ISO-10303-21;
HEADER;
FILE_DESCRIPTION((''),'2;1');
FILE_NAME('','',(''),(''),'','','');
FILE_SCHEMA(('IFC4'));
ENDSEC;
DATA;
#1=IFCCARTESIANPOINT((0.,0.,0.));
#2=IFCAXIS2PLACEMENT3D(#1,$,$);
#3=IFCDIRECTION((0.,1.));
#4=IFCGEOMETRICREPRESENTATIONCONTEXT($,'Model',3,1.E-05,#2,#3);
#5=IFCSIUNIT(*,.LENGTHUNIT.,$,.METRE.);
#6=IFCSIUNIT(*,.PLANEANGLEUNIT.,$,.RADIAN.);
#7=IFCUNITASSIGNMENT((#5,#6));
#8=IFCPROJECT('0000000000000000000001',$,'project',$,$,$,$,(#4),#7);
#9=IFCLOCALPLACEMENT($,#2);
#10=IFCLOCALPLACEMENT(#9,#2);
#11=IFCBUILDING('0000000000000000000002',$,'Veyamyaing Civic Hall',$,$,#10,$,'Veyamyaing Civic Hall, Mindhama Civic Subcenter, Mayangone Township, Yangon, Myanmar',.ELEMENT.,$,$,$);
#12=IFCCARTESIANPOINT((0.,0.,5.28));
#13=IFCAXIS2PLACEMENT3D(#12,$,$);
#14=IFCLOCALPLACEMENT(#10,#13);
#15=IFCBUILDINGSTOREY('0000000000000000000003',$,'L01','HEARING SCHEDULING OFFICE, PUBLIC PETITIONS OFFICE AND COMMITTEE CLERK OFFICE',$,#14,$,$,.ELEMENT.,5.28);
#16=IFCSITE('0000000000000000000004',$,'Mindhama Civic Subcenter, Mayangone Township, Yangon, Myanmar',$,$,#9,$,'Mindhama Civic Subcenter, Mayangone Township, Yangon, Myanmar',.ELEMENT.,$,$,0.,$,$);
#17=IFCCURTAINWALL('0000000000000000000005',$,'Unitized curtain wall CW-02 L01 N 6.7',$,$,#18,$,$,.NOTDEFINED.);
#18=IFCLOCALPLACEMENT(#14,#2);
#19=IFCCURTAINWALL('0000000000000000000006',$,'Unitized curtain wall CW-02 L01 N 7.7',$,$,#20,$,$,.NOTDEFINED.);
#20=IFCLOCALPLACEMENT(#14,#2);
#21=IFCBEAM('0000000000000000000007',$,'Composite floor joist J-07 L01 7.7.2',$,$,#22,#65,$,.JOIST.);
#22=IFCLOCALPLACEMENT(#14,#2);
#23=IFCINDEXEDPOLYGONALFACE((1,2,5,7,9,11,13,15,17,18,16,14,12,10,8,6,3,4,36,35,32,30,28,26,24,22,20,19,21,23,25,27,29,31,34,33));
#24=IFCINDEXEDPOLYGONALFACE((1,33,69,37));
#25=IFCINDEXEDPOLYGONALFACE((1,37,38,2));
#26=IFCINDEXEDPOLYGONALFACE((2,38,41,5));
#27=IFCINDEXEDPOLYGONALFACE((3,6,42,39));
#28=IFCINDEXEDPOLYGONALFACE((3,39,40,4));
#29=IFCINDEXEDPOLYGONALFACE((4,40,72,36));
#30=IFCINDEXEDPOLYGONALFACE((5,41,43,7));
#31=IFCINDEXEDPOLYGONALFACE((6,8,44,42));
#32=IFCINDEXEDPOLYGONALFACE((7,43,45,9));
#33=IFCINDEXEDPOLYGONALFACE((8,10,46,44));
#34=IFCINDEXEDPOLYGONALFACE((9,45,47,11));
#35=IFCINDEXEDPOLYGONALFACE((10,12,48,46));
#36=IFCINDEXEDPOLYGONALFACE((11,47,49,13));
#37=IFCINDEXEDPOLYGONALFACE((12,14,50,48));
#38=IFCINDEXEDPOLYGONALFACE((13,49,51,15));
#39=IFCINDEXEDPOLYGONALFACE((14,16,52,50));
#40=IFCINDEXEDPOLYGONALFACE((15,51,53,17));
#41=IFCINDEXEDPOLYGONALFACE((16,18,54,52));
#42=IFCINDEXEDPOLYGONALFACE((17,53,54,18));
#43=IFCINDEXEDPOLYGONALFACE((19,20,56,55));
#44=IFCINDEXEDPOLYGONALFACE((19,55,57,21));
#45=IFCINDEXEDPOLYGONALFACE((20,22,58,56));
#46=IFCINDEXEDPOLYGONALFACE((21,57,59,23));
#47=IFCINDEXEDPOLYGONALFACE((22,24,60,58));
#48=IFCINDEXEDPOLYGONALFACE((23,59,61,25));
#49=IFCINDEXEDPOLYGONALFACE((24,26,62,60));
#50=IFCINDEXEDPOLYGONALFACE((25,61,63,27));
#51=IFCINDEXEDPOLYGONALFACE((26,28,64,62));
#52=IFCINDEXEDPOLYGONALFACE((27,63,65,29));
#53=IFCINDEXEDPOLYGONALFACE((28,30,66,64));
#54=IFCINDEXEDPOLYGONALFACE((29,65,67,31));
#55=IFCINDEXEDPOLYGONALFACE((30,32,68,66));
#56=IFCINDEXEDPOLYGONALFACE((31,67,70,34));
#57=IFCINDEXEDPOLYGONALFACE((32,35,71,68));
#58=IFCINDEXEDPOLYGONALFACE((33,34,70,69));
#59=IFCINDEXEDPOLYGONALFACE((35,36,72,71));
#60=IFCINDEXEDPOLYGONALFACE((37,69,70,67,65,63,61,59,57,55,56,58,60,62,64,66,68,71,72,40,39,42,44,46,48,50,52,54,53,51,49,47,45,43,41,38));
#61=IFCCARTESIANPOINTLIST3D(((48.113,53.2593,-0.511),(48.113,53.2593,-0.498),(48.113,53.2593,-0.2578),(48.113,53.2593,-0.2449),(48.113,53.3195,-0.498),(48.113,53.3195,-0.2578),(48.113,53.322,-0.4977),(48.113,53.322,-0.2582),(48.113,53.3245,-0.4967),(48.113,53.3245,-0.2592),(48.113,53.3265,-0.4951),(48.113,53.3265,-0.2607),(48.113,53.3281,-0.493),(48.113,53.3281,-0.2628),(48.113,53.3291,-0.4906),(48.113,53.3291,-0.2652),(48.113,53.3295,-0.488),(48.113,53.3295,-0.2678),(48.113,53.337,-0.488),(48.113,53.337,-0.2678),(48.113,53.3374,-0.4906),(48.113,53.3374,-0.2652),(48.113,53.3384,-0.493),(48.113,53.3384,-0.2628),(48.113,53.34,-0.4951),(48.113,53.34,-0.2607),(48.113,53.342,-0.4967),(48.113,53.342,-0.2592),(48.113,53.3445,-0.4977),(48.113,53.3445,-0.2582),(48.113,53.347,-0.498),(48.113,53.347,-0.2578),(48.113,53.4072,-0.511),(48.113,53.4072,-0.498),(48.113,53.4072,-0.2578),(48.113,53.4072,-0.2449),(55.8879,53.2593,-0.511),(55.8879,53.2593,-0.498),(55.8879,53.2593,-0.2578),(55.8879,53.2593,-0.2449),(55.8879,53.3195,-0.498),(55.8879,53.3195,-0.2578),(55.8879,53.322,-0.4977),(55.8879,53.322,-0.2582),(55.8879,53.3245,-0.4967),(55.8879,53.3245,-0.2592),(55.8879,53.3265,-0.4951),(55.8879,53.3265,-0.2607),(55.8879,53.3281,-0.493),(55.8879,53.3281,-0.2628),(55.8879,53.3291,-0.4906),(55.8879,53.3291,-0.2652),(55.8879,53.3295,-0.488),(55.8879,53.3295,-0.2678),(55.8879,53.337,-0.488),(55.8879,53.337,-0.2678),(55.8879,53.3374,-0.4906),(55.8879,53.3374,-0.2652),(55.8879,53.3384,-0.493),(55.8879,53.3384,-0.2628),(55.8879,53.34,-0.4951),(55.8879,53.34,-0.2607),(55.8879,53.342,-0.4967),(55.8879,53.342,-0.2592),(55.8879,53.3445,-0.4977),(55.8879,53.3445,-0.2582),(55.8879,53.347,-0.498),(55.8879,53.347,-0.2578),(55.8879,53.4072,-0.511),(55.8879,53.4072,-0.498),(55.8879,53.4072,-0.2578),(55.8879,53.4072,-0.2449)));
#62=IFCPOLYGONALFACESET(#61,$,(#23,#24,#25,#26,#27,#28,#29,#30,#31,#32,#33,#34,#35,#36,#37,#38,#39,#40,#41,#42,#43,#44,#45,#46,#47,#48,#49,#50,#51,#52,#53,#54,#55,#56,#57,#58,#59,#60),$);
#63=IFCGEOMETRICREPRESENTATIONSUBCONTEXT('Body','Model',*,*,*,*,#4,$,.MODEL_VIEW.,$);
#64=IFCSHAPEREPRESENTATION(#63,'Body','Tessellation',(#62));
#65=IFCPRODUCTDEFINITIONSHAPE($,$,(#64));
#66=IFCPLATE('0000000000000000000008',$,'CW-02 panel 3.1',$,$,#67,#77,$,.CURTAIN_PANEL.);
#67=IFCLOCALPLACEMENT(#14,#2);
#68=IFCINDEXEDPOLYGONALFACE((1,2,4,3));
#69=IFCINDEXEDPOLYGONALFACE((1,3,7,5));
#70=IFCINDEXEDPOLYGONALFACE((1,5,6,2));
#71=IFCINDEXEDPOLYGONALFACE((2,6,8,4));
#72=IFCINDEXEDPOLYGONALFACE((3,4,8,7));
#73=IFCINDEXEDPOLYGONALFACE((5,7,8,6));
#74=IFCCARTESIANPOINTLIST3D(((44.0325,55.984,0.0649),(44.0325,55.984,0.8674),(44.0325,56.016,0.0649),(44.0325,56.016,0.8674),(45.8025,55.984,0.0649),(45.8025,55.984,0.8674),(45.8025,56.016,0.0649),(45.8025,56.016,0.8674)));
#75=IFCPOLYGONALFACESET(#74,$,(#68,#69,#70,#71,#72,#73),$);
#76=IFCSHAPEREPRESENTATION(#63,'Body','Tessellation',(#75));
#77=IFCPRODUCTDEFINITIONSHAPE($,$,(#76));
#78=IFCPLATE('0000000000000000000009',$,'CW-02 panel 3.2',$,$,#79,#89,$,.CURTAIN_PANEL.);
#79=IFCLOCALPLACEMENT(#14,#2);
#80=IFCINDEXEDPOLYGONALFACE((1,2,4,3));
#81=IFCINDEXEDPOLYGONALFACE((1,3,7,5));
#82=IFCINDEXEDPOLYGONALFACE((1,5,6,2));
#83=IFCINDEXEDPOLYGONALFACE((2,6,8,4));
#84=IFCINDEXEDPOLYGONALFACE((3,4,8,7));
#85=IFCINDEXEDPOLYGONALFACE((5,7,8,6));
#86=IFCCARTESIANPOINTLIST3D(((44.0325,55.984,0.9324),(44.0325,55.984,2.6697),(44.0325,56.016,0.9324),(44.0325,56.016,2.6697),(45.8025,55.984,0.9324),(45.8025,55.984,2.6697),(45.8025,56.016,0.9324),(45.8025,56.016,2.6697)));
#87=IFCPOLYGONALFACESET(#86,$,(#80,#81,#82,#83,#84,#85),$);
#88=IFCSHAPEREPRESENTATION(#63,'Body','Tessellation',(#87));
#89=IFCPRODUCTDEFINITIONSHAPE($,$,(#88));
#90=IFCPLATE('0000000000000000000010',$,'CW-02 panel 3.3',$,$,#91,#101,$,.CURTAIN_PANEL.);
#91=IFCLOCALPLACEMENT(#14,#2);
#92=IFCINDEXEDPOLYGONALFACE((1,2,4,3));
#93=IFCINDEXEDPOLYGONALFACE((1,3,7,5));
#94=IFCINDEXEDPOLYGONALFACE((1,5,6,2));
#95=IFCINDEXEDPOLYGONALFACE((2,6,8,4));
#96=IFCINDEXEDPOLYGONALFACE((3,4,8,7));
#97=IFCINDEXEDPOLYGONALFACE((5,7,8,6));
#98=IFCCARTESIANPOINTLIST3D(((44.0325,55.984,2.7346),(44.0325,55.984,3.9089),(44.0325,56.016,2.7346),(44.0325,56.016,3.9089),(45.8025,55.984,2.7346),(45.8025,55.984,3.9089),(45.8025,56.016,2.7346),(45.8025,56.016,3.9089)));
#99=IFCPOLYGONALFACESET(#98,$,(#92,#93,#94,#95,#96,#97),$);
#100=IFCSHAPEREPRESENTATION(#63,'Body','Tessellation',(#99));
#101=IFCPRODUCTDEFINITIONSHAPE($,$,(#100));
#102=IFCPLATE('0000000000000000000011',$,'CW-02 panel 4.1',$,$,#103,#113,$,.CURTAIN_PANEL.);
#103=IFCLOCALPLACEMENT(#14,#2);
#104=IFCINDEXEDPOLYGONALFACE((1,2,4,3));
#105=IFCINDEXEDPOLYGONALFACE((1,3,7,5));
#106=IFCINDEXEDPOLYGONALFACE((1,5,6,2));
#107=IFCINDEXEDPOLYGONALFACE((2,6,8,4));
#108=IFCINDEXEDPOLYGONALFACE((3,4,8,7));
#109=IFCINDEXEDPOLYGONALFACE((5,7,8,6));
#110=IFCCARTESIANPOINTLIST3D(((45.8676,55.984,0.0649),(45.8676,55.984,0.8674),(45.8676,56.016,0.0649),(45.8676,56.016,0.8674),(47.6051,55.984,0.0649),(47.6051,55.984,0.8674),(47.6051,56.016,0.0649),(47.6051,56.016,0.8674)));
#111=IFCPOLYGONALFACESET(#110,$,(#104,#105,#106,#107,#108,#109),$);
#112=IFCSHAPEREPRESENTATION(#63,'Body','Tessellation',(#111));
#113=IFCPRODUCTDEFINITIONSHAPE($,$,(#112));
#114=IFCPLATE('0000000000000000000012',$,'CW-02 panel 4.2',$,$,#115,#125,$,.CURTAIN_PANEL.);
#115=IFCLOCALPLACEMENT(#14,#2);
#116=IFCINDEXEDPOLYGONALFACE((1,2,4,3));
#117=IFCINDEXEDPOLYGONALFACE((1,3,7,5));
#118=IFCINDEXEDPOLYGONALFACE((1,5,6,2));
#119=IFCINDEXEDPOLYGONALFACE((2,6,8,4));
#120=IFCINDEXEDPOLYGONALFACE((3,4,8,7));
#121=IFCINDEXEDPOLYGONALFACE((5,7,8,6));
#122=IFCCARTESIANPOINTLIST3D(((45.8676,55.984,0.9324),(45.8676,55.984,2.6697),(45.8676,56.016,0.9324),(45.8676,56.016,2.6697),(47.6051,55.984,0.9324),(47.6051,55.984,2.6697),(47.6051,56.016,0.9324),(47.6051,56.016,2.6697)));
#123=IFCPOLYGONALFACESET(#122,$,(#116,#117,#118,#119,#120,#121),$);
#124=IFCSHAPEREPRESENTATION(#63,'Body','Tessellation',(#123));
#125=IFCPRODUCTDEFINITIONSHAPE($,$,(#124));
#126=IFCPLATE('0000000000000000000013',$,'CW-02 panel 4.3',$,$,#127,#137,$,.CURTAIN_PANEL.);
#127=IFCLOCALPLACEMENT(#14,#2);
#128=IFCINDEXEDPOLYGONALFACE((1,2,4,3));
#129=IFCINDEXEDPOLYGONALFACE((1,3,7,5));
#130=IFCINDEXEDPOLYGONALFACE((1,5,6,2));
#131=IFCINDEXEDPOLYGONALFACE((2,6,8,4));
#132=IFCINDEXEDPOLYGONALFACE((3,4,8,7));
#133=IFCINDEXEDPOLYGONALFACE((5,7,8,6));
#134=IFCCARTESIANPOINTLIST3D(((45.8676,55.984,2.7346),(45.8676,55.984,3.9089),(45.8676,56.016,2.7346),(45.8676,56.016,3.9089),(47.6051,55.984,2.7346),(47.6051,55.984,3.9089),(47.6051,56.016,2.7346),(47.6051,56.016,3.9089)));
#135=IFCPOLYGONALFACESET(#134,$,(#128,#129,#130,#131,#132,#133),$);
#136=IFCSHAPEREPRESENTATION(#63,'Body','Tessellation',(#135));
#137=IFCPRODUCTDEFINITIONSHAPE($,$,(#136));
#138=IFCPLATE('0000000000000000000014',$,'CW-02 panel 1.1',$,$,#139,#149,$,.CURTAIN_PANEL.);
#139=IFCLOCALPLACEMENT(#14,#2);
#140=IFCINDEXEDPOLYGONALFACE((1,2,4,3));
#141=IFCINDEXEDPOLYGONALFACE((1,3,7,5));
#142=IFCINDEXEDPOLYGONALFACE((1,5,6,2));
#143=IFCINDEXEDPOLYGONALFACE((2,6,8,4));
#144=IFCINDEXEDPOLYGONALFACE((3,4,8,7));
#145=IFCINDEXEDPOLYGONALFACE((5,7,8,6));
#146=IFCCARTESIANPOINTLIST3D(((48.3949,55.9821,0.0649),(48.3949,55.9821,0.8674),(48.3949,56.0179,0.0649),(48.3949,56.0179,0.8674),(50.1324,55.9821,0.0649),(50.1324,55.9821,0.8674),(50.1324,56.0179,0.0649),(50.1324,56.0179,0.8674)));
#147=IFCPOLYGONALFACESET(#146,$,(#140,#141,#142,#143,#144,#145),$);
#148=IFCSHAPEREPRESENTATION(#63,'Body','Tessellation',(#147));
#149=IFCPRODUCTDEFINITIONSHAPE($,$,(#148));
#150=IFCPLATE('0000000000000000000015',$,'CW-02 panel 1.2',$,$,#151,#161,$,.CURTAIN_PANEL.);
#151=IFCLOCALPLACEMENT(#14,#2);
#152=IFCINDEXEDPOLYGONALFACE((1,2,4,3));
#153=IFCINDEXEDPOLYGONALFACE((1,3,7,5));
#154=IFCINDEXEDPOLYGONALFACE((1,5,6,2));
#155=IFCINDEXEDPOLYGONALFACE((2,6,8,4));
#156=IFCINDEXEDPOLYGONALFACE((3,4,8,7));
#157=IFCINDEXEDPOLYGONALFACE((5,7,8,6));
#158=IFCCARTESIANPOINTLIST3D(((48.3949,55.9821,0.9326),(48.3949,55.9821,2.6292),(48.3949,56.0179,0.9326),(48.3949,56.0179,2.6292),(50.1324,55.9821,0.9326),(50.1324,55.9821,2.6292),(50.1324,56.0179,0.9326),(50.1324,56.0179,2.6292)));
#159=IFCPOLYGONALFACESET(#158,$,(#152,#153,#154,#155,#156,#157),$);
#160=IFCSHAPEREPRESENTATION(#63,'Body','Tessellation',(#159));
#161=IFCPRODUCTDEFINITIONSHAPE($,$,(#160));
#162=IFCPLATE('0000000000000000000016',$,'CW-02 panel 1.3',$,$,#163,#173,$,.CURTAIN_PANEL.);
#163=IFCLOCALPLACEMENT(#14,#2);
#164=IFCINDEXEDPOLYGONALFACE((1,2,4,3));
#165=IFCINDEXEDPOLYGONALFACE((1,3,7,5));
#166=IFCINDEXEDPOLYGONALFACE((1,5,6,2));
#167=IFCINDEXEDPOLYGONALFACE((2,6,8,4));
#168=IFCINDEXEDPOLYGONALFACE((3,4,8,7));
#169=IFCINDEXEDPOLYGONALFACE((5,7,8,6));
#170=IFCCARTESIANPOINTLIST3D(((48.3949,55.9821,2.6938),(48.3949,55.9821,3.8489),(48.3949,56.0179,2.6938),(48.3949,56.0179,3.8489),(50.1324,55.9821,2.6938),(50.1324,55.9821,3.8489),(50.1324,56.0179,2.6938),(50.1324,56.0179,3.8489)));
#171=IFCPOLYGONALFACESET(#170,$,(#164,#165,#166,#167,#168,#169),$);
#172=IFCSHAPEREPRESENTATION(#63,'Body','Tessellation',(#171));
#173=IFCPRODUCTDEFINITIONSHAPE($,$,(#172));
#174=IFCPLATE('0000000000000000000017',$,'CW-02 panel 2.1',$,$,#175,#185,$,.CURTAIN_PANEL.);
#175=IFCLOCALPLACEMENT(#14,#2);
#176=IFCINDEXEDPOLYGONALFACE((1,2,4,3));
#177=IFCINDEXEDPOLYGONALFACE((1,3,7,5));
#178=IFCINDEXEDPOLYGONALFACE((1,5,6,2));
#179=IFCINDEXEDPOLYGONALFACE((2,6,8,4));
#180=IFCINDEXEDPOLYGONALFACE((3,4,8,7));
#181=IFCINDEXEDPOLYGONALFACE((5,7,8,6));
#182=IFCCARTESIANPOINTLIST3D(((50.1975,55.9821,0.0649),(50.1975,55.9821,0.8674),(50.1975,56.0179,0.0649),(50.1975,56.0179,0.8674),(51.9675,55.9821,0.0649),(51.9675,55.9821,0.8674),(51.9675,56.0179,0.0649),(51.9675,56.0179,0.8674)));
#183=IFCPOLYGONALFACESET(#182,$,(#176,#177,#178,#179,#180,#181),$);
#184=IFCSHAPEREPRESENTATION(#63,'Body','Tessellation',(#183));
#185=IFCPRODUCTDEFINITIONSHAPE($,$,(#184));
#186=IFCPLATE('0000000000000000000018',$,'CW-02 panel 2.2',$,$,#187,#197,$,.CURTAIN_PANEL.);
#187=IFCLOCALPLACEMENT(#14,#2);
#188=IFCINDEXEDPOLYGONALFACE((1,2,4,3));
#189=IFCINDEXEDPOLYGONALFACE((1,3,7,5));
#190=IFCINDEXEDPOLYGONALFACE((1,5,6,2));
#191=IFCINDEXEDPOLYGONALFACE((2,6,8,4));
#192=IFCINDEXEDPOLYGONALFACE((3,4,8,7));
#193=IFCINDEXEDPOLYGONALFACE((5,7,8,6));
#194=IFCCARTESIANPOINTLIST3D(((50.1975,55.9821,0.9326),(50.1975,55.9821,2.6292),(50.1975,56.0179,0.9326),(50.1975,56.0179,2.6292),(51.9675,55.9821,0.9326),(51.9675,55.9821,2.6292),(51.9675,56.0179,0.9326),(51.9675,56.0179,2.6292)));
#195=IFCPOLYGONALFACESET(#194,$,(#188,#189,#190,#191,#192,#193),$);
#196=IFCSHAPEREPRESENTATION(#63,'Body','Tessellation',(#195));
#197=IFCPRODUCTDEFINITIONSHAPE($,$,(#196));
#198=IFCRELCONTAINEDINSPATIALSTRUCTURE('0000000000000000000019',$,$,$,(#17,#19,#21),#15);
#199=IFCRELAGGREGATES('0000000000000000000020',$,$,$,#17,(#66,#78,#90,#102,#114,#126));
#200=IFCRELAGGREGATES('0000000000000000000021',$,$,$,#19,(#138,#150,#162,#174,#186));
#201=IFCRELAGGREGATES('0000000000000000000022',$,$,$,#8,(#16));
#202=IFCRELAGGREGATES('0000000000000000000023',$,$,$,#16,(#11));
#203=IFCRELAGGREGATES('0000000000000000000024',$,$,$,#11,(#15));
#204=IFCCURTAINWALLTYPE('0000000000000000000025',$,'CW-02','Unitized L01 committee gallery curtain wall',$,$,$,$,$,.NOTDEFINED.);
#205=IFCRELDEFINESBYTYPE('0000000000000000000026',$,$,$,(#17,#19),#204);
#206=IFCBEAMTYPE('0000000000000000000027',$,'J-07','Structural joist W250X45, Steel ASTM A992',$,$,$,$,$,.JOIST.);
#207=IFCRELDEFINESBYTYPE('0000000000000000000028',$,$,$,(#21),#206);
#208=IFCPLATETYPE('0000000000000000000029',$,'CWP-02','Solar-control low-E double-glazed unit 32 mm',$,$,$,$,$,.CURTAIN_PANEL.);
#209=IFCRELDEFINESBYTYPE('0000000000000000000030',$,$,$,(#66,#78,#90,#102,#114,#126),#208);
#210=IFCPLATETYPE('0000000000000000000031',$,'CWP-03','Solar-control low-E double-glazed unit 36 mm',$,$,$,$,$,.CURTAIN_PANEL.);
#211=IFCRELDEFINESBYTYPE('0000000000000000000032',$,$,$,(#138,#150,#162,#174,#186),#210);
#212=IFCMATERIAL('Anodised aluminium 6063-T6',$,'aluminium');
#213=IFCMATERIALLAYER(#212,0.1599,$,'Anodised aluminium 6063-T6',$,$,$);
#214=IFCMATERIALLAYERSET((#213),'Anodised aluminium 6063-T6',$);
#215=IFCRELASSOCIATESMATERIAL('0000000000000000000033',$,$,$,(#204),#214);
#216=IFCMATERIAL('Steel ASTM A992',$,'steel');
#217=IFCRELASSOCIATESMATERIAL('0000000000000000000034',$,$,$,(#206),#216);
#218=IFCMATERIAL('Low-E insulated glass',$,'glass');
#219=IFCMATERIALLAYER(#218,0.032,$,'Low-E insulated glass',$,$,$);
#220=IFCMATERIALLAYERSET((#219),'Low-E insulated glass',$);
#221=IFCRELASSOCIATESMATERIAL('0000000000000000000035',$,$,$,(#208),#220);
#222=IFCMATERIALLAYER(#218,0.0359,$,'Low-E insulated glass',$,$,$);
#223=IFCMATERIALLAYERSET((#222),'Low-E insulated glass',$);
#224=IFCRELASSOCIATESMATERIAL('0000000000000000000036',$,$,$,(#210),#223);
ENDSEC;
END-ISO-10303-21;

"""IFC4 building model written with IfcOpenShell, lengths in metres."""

from ifc_helpers import new_model, si_unit, direction, frame, origin, origin_2d, place, context, subcontext, project, spatial, rectangle, i_section, extrude, material, layer, layer_set, material_profile, profile_set, type_object, element, aggregate, save


model = new_model("IFC4")

# Units and contexts
model_context = context("Model", 3, precision=1e-05, world=origin(), true_north=direction((0.0, 1.0)))
body_context = subcontext(model_context, "Body", "Model", "MODEL_VIEW")
ifc_project = project(units=[si_unit("LENGTHUNIT", "METRE"), si_unit("PLANEANGLEUNIT", "RADIAN")], contexts=[model_context])

# Site, building, storey
site_placement = place(None, origin())
site = spatial("IfcSite", under=ifc_project, at=site_placement, Name="Mindhama Civic Subcenter, Mayangone Township, Yangon, Myanmar", LongName="Mindhama Civic Subcenter, Mayangone Township, Yangon, Myanmar", CompositionType="ELEMENT", RefElevation=0.0)
building_placement = place(site_placement, origin())
building = spatial("IfcBuilding", under=site, at=building_placement, Name="Veyamyaing Civic Hall", LongName="Veyamyaing Civic Hall, Mindhama Civic Subcenter, Mayangone Township, Yangon, Myanmar", CompositionType="ELEMENT")
storey_placement = place(building_placement, frame((0.0, 0.0, 5.28)))
storey = spatial("IfcBuildingStorey", under=building, at=storey_placement, Name="L01", Description="HEARING SCHEDULING OFFICE, PUBLIC PETITIONS OFFICE AND COMMITTEE CLERK OFFICE", CompositionType="ELEMENT", Elevation=5.28)

# Shared definitions
ifc_material_1 = material(Name="Steel ASTM A992", Category="steel")

# Curtain walls
ifc_material_2 = material(Name="Anodised aluminium 6063-T6", Category="aluminium")
ifc_layer_1 = layer(ifc_material_2, 0.1599, Name="Anodised aluminium 6063-T6")
ifc_layer_set_1 = layer_set([ifc_layer_1], Name="Anodised aluminium 6063-T6")
curtain_wall_type = type_object("IfcCurtainWallType", Name="CW-02", Description="Unitized L01 committee gallery curtain wall", PredefinedType="NOTDEFINED", material=ifc_layer_set_1)
curtain_wall_1_placement = place(storey_placement, origin())
curtain_wall_1 = element("IfcCurtainWall", 1, at=curtain_wall_1_placement, inside=storey, type_object=curtain_wall_type, Name="Unitized curtain wall CW-02 L01 N 6.7", PredefinedType="NOTDEFINED")
curtain_wall_2_placement = place(storey_placement, origin())
curtain_wall_2 = element("IfcCurtainWall", 2, at=curtain_wall_2_placement, inside=storey, type_object=curtain_wall_type, Name="Unitized curtain wall CW-02 L01 N 7.7", PredefinedType="NOTDEFINED")

# Beam
ifc_material_profile_1 = material_profile(ifc_material_1, i_section(OverallWidth=0.1479, OverallDepth=0.2661, WebThickness=0.0076, FlangeThickness=0.0129, FilletRadius=0.01, at=origin_2d()), Name="W250X45")
ifc_profile_set_1 = profile_set([ifc_material_profile_1], Name="Steel ASTM A992")
beam_type_1 = type_object("IfcBeamType", Name="J-07", Description="Structural joist W250X45, Steel ASTM A992", PredefinedType="JOIST", material=ifc_profile_set_1)
beam_1_placement = place(storey_placement, frame((48.113, 53.3333, -0.3779), z_axis=(1.0, 0.0, 0.0), x_axis=(0.0, 1.0, 0.0)))
element("IfcBeam", 3, at=beam_1_placement, inside=storey, type_object=beam_type_1, Name="Composite floor joist J-07 L01 7.7.2", PredefinedType="JOIST", context=body_context, shape_type="SweptSolid", body=[
    extrude(i_section(OverallWidth=0.1479, OverallDepth=0.2661, WebThickness=0.0076, FlangeThickness=0.0129, FilletRadius=0.01, at=origin_2d()), origin(), (0.0, 0.0, 1.0), 7.7749),
])

# Plates
ifc_material_3 = material(Name="Low-E insulated glass", Category="glass")
ifc_layer_2 = layer(ifc_material_3, 0.032, Name="Low-E insulated glass")
ifc_layer_set_2 = layer_set([ifc_layer_2], Name="Low-E insulated glass")
plate_type_1 = type_object("IfcPlateType", Name="CWP-02", Description="Solar-control low-E double-glazed unit 32 mm", PredefinedType="CURTAIN_PANEL", material=ifc_layer_set_2)
plate_1_placement = place(storey_placement, frame((44.9175, 56.0, 0.0649), z_axis=(0.0, 0.0, 1.0), x_axis=(1.0, 0.0, 0.0)))
plate_1 = element("IfcPlate", 4, at=plate_1_placement, type_object=plate_type_1, Name="CW-02 panel 3.1", PredefinedType="CURTAIN_PANEL", context=body_context, shape_type="SweptSolid", body=[
    extrude(rectangle(XDim=1.77, YDim=0.032, at=origin_2d()), origin(), (0.0, 0.0, 1.0), 0.8025),
])
plate_2_placement = place(storey_placement, frame((44.9175, 56.0, 0.9324), z_axis=(0.0, 0.0, 1.0), x_axis=(1.0, 0.0, 0.0)))
plate_2 = element("IfcPlate", 5, at=plate_2_placement, type_object=plate_type_1, Name="CW-02 panel 3.2", PredefinedType="CURTAIN_PANEL", context=body_context, shape_type="SweptSolid", body=[
    extrude(rectangle(XDim=1.77, YDim=0.032, at=origin_2d()), origin(), (0.0, 0.0, 1.0), 1.7373),
])
plate_3_placement = place(storey_placement, frame((44.9175, 56.0, 2.7346), z_axis=(0.0, 0.0, 1.0), x_axis=(1.0, 0.0, 0.0)))
plate_3 = element("IfcPlate", 6, at=plate_3_placement, type_object=plate_type_1, Name="CW-02 panel 3.3", PredefinedType="CURTAIN_PANEL", context=body_context, shape_type="SweptSolid", body=[
    extrude(rectangle(XDim=1.77, YDim=0.032, at=origin_2d()), origin(), (0.0, 0.0, 1.0), 1.1743),
])
plate_4_placement = place(storey_placement, frame((46.7363, 56.0, 0.0649), z_axis=(0.0, 0.0, 1.0), x_axis=(1.0, 0.0, 0.0)))
plate_4 = element("IfcPlate", 7, at=plate_4_placement, type_object=plate_type_1, Name="CW-02 panel 4.1", PredefinedType="CURTAIN_PANEL", context=body_context, shape_type="SweptSolid", body=[
    extrude(rectangle(XDim=1.7375, YDim=0.032, at=origin_2d()), origin(), (0.0, 0.0, 1.0), 0.8025),
])
plate_5_placement = place(storey_placement, frame((46.7363, 56.0, 0.9324), z_axis=(0.0, 0.0, 1.0), x_axis=(1.0, 0.0, 0.0)))
plate_5 = element("IfcPlate", 8, at=plate_5_placement, type_object=plate_type_1, Name="CW-02 panel 4.2", PredefinedType="CURTAIN_PANEL", context=body_context, shape_type="SweptSolid", body=[
    extrude(rectangle(XDim=1.7375, YDim=0.032, at=origin_2d()), origin(), (0.0, 0.0, 1.0), 1.7373),
])
plate_6_placement = place(storey_placement, frame((46.7363, 56.0, 2.7346), z_axis=(0.0, 0.0, 1.0), x_axis=(1.0, 0.0, 0.0)))
plate_6 = element("IfcPlate", 9, at=plate_6_placement, type_object=plate_type_1, Name="CW-02 panel 4.3", PredefinedType="CURTAIN_PANEL", context=body_context, shape_type="SweptSolid", body=[
    extrude(rectangle(XDim=1.7375, YDim=0.032, at=origin_2d()), origin(), (0.0, 0.0, 1.0), 1.1743),
])
aggregate(curtain_wall_1, [plate_1, plate_2, plate_3, plate_4, plate_5, plate_6])
ifc_layer_3 = layer(ifc_material_3, 0.0359, Name="Low-E insulated glass")
ifc_layer_set_3 = layer_set([ifc_layer_3], Name="Low-E insulated glass")
plate_type_2 = type_object("IfcPlateType", Name="CWP-03", Description="Solar-control low-E double-glazed unit 36 mm", PredefinedType="CURTAIN_PANEL", material=ifc_layer_set_3)
plate_7_placement = place(storey_placement, frame((49.2637, 56.0, 0.0649), z_axis=(0.0, 0.0, 1.0), x_axis=(1.0, 0.0, 0.0)))
plate_7 = element("IfcPlate", 10, at=plate_7_placement, type_object=plate_type_2, Name="CW-02 panel 1.1", PredefinedType="CURTAIN_PANEL", context=body_context, shape_type="SweptSolid", body=[
    extrude(rectangle(XDim=1.7375, YDim=0.0359, at=origin_2d()), origin(), (0.0, 0.0, 1.0), 0.8025),
])
plate_8_placement = place(storey_placement, frame((49.2637, 56.0, 0.9326), z_axis=(0.0, 0.0, 1.0), x_axis=(1.0, 0.0, 0.0)))
plate_8 = element("IfcPlate", 11, at=plate_8_placement, type_object=plate_type_2, Name="CW-02 panel 1.2", PredefinedType="CURTAIN_PANEL", context=body_context, shape_type="SweptSolid", body=[
    extrude(rectangle(XDim=1.7375, YDim=0.0359, at=origin_2d()), origin(), (0.0, 0.0, 1.0), 1.6965),
])
plate_9_placement = place(storey_placement, frame((49.2637, 56.0, 2.6938), z_axis=(0.0, 0.0, 1.0), x_axis=(1.0, 0.0, 0.0)))
plate_9 = element("IfcPlate", 12, at=plate_9_placement, type_object=plate_type_2, Name="CW-02 panel 1.3", PredefinedType="CURTAIN_PANEL", context=body_context, shape_type="SweptSolid", body=[
    extrude(rectangle(XDim=1.7375, YDim=0.0359, at=origin_2d()), origin(), (0.0, 0.0, 1.0), 1.155),
])
plate_10_placement = place(storey_placement, frame((51.0825, 56.0, 0.0649), z_axis=(0.0, 0.0, 1.0), x_axis=(1.0, 0.0, 0.0)))
plate_10 = element("IfcPlate", 13, at=plate_10_placement, type_object=plate_type_2, Name="CW-02 panel 2.1", PredefinedType="CURTAIN_PANEL", context=body_context, shape_type="SweptSolid", body=[
    extrude(rectangle(XDim=1.77, YDim=0.0359, at=origin_2d()), origin(), (0.0, 0.0, 1.0), 0.8025),
])
plate_11_placement = place(storey_placement, frame((51.0825, 56.0, 0.9326), z_axis=(0.0, 0.0, 1.0), x_axis=(1.0, 0.0, 0.0)))
plate_11 = element("IfcPlate", 14, at=plate_11_placement, type_object=plate_type_2, Name="CW-02 panel 2.2", PredefinedType="CURTAIN_PANEL", context=body_context, shape_type="SweptSolid", body=[
    extrude(rectangle(XDim=1.77, YDim=0.0359, at=origin_2d()), origin(), (0.0, 0.0, 1.0), 1.6965),
])
aggregate(curtain_wall_2, [plate_7, plate_8, plate_9, plate_10, plate_11])

save(model, "model.ifc")
